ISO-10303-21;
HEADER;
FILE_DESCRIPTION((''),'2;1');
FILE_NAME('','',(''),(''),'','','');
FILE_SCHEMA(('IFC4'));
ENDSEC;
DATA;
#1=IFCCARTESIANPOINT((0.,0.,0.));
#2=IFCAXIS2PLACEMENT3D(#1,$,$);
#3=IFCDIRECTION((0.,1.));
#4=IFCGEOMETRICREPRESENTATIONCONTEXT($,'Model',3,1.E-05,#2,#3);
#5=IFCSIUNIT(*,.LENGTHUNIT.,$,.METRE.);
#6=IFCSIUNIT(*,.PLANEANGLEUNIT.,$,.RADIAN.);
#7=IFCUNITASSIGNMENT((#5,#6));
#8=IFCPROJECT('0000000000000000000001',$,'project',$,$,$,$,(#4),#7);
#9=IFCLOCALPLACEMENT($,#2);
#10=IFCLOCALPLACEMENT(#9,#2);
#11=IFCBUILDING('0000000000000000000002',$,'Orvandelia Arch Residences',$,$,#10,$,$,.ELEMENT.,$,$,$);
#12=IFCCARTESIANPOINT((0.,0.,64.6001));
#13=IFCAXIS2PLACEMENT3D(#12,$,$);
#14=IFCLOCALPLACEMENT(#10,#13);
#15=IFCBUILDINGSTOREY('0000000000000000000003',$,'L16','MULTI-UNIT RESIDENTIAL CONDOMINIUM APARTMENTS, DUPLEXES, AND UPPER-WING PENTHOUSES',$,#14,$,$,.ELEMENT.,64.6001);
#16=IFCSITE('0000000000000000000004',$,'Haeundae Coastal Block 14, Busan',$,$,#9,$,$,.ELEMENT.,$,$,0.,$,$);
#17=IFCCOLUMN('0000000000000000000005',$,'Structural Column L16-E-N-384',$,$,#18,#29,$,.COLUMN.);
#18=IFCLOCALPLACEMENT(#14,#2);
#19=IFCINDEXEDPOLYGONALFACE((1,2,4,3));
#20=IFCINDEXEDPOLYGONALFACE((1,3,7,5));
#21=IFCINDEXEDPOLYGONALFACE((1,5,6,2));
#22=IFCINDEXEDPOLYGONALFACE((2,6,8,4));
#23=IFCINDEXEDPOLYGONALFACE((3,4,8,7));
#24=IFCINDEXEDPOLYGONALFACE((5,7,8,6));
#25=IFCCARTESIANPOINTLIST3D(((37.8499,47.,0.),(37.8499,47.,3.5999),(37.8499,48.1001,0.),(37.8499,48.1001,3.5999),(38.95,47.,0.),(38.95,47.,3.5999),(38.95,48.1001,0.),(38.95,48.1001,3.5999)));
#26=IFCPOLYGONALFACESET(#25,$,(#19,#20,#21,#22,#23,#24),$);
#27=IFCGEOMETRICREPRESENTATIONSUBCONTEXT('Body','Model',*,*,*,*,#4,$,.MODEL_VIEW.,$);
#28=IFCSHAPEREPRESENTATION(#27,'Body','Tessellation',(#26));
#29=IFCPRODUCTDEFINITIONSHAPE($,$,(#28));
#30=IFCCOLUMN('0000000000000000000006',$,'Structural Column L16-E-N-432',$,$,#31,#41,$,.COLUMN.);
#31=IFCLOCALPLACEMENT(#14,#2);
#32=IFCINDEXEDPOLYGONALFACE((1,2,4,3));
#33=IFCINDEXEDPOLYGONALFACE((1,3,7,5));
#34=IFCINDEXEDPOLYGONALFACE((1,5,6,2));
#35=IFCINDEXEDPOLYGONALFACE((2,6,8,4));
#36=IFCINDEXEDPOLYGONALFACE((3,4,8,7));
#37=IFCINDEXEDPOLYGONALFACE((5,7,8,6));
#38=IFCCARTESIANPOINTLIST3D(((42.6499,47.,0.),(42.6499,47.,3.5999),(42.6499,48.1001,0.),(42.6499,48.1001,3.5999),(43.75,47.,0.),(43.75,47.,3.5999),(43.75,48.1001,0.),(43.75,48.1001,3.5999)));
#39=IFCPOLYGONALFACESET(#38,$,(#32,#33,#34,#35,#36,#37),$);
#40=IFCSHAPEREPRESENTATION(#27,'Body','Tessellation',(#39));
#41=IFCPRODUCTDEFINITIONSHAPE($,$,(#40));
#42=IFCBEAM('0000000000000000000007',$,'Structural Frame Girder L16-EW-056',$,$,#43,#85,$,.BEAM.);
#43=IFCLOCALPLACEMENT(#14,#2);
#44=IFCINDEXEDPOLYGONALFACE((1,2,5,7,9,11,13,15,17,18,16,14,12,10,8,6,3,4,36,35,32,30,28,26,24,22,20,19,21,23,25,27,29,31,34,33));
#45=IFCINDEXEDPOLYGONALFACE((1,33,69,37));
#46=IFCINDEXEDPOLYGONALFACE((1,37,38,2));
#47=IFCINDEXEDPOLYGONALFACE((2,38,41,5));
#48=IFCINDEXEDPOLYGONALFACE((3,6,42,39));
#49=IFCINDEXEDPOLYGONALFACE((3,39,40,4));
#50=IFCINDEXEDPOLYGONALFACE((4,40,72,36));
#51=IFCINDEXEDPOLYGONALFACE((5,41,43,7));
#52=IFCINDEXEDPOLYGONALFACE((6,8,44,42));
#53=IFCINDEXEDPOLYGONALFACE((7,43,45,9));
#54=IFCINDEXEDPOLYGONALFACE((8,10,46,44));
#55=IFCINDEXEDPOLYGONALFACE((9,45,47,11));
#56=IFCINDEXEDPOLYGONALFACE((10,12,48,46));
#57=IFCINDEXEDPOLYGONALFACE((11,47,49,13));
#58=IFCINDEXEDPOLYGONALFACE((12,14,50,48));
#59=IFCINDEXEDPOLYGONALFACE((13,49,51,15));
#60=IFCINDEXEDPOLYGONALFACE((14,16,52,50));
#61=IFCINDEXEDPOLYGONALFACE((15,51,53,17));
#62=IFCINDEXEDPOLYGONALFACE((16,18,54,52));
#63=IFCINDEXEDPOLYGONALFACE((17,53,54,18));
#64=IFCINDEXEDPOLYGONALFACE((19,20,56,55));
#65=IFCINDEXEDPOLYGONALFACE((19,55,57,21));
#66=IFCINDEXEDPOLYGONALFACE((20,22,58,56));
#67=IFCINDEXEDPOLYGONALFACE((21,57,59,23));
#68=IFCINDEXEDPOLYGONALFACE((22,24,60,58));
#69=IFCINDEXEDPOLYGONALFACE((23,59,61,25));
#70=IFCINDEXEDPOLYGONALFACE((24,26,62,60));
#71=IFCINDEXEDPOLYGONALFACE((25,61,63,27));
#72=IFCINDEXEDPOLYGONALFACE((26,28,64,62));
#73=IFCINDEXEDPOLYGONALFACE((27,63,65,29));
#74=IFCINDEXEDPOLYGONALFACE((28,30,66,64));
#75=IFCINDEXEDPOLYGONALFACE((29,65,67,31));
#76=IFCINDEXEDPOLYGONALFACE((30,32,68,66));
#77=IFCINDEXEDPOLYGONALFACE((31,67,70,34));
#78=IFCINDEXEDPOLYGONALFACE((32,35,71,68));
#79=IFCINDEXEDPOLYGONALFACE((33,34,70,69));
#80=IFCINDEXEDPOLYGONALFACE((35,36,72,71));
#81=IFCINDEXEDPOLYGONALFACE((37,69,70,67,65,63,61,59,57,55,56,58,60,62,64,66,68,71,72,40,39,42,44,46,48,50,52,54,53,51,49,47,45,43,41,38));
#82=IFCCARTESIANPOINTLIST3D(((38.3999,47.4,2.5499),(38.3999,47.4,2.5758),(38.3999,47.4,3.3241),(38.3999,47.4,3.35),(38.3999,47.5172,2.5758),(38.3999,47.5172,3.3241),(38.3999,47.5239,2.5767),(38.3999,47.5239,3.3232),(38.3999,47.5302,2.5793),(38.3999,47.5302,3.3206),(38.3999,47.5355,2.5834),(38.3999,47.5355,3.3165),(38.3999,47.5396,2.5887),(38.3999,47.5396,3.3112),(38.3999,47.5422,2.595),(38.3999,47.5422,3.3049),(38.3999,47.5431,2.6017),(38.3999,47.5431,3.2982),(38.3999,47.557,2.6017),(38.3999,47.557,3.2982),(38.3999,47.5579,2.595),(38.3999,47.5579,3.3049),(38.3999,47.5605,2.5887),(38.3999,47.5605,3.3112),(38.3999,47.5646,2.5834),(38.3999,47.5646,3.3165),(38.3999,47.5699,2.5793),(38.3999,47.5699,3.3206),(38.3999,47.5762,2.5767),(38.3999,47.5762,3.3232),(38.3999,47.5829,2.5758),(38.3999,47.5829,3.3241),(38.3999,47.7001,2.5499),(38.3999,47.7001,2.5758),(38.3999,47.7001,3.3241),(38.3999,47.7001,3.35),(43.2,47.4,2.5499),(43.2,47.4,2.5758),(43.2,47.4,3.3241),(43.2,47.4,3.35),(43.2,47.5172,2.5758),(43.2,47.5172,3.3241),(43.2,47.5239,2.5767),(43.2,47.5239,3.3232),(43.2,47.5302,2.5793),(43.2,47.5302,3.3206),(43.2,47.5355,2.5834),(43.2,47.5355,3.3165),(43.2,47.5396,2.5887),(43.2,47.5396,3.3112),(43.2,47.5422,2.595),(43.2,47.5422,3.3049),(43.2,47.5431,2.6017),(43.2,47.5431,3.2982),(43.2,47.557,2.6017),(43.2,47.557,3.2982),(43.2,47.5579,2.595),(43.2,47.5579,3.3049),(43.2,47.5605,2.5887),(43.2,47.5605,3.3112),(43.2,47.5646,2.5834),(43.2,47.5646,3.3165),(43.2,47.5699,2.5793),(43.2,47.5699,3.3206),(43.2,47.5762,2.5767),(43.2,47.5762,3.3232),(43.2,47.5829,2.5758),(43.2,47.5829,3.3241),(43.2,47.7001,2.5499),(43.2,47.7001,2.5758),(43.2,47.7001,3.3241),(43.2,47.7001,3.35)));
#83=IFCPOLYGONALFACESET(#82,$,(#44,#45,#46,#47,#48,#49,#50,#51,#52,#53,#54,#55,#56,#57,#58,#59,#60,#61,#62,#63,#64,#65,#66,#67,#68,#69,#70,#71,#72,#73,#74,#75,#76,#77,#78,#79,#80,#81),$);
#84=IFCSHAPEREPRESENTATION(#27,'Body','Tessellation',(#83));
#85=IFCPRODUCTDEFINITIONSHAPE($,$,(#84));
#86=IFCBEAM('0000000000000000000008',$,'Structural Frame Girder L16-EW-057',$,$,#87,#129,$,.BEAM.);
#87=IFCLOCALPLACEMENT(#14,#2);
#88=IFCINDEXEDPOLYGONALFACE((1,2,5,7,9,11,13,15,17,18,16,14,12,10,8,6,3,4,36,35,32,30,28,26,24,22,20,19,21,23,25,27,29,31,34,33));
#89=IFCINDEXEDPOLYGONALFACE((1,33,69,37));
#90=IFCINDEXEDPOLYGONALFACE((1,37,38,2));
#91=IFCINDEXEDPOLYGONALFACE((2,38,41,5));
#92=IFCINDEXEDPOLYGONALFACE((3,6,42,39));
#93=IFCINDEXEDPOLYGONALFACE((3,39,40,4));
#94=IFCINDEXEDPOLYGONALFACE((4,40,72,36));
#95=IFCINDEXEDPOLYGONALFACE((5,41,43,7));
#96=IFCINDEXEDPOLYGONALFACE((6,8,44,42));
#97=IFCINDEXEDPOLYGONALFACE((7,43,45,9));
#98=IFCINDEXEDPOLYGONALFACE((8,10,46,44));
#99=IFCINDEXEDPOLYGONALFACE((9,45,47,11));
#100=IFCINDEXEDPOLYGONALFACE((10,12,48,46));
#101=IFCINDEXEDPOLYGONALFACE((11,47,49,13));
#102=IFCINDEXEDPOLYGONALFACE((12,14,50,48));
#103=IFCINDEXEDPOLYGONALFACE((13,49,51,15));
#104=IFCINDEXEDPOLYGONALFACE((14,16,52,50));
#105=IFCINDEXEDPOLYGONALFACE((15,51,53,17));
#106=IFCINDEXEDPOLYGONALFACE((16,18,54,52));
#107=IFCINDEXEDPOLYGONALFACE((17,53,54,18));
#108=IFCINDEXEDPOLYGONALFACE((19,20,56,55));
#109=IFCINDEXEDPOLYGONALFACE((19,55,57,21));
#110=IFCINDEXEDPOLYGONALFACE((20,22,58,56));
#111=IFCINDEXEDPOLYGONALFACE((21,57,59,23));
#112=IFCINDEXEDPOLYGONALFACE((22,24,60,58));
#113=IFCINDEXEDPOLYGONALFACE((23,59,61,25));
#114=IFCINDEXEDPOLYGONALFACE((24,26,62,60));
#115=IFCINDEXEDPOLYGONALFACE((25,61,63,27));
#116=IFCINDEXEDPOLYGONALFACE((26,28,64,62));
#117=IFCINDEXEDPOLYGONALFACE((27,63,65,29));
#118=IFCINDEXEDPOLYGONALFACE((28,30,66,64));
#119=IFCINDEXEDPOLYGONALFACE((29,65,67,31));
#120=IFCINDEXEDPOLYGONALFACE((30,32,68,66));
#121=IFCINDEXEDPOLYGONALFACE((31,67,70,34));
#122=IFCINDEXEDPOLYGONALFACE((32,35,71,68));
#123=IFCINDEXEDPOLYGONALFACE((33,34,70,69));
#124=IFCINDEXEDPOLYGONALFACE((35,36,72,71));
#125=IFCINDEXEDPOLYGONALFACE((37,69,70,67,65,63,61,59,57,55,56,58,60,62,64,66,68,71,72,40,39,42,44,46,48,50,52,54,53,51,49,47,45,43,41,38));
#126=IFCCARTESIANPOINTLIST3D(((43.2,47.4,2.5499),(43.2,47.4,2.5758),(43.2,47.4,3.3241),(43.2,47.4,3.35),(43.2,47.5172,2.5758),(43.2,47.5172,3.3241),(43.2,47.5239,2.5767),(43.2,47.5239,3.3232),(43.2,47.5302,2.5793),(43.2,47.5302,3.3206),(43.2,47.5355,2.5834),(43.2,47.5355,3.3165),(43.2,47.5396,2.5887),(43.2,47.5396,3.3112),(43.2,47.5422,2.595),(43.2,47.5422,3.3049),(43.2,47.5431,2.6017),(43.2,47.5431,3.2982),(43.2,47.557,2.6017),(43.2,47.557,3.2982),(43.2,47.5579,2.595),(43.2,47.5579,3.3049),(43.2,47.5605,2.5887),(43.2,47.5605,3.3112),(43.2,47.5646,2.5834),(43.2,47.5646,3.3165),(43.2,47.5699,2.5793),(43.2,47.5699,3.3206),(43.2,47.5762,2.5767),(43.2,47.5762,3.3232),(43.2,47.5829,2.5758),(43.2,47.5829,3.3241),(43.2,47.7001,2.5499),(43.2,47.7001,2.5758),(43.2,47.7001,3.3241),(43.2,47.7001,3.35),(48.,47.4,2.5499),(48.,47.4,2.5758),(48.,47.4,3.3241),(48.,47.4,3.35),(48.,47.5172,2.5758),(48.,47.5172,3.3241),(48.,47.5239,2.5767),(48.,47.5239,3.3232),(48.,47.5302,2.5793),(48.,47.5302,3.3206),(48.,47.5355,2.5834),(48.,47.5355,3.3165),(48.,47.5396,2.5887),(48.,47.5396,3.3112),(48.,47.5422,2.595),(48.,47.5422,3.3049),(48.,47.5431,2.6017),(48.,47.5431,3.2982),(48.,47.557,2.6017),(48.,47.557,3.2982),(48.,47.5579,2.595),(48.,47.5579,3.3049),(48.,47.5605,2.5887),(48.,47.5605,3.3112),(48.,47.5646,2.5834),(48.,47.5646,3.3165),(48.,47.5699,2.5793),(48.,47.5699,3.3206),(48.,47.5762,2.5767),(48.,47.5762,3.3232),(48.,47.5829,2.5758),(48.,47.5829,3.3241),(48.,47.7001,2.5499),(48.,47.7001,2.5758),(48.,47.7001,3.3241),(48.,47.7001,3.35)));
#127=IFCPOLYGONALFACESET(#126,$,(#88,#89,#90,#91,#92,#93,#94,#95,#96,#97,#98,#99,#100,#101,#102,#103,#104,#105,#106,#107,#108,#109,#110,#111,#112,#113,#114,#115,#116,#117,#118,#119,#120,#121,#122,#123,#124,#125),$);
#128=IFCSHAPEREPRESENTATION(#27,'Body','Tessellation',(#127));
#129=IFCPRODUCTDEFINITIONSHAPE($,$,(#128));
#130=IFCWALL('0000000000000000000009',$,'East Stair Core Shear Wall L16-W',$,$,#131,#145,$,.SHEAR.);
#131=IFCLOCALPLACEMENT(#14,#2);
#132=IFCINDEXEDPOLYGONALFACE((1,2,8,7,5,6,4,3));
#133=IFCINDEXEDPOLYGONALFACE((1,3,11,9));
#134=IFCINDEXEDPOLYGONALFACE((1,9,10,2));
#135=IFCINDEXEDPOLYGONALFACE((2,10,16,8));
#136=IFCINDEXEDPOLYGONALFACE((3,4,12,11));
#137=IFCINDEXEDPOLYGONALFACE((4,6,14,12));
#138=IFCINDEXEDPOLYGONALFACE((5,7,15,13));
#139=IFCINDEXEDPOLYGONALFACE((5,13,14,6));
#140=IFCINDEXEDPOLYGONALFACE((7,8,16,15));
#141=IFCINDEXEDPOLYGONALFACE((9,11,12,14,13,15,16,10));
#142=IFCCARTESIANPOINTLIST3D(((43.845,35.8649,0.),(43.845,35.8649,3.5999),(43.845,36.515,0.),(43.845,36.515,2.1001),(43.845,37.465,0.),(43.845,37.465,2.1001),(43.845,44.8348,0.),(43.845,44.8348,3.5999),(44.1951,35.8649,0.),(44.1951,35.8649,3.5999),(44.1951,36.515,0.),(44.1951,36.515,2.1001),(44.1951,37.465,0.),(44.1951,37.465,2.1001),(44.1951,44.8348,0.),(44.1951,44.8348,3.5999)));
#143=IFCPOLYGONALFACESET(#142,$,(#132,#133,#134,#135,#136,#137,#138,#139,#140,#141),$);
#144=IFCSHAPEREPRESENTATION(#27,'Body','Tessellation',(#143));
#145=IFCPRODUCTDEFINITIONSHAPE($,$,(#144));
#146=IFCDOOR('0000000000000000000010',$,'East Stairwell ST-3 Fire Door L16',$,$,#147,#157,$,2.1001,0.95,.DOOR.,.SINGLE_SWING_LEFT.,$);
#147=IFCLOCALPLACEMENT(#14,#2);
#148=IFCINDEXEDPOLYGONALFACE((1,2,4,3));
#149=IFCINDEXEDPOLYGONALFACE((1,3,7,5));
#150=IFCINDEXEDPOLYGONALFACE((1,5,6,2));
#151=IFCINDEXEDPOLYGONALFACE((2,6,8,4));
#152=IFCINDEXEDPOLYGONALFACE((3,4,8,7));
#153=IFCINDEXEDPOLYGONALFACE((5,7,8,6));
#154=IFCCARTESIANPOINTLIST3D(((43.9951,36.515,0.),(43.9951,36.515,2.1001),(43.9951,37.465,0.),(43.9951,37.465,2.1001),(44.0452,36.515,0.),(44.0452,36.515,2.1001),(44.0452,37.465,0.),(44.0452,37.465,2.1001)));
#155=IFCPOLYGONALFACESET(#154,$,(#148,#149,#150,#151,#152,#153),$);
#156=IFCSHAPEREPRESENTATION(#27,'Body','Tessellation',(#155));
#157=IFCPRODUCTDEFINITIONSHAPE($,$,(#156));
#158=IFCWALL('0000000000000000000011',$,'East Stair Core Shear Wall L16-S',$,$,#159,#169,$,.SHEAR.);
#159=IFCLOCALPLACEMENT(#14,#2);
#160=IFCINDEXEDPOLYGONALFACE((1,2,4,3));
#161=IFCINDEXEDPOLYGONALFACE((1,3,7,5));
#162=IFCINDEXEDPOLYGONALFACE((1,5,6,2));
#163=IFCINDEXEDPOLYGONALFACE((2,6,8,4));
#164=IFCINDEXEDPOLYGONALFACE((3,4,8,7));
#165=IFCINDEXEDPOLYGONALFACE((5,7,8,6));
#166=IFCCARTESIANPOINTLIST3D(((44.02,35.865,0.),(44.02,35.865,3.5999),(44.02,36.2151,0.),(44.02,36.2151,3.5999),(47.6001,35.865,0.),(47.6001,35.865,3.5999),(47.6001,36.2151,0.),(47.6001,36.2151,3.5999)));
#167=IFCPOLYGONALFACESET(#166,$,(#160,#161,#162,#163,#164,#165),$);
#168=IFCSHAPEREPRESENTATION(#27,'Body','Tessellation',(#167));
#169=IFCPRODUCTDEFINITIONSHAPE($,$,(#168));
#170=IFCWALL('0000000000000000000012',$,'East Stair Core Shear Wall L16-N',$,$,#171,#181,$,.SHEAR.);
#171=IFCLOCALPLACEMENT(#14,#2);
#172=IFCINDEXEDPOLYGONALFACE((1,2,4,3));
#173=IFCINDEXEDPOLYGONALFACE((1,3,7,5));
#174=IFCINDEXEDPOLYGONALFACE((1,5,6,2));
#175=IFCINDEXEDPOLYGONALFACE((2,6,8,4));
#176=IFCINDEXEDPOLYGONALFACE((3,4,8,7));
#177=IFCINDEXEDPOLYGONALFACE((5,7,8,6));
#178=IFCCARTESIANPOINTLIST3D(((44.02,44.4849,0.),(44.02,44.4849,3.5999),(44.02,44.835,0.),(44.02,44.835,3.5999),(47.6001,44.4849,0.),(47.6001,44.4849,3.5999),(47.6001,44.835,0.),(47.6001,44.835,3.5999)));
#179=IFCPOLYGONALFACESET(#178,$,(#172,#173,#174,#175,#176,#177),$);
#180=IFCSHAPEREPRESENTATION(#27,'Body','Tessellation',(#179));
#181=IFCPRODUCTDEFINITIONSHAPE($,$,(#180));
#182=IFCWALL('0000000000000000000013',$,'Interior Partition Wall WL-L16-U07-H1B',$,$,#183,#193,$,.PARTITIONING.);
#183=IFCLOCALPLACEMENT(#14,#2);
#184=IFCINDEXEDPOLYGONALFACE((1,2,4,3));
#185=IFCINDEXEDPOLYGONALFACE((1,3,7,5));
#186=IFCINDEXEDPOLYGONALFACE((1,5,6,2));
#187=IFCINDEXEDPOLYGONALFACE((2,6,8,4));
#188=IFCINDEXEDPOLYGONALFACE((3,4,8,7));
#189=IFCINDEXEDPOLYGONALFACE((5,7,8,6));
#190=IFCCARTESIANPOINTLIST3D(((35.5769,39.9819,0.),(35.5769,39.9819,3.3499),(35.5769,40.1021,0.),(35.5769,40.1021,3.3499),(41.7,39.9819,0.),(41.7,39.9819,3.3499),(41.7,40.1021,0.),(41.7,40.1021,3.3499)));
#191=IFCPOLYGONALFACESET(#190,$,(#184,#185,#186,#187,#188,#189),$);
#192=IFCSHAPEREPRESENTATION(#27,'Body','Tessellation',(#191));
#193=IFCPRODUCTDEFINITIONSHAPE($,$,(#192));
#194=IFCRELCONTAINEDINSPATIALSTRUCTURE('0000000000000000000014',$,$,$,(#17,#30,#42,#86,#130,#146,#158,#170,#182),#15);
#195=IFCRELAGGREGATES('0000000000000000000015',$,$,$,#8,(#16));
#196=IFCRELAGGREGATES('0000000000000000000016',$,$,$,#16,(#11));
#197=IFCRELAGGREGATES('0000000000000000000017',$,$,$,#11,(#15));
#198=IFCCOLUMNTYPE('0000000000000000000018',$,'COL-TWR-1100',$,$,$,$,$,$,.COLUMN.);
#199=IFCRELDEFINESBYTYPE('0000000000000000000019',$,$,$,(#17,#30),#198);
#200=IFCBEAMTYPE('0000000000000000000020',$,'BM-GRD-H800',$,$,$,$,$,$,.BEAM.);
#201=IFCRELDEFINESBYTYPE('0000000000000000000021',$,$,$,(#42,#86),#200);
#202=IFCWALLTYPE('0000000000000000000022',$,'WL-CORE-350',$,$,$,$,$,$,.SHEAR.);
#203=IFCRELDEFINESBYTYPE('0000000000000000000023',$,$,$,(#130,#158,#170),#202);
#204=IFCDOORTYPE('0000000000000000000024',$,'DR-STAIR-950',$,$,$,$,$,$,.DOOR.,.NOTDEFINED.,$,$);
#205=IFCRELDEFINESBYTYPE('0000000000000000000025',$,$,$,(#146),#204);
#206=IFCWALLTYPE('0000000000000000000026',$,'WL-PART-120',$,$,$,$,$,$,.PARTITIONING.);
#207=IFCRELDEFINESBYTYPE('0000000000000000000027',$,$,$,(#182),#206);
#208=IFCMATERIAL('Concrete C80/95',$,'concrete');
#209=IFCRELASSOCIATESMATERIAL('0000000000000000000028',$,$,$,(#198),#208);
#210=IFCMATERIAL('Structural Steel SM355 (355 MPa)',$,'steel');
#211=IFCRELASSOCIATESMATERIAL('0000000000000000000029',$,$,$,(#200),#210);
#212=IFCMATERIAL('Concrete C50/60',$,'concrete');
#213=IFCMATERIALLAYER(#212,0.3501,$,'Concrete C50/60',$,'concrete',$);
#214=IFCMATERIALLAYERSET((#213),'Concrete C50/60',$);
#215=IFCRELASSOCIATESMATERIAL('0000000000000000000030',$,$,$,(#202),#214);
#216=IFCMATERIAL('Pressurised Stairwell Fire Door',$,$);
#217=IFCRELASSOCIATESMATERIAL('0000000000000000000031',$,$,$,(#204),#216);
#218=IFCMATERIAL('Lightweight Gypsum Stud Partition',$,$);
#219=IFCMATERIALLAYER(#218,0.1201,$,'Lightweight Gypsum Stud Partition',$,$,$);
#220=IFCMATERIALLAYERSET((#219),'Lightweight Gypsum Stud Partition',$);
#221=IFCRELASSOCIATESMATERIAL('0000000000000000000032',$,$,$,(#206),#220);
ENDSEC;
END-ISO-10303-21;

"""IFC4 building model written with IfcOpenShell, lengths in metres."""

from ifc_helpers import new_model, si_unit, direction, frame, frame_2d, origin, origin_2d, place, context, subcontext, project, spatial, rectangle, i_section, extrude, material, layer, layer_set, material_profile, profile_set, type_object, element, fill, save


model = new_model("IFC4")

# Units and contexts
model_context = context("Model", 3, precision=1e-05, world=origin(), true_north=direction((0.0, 1.0)))
body_context = subcontext(model_context, "Body", "Model", "MODEL_VIEW")
ifc_project = project(units=[si_unit("LENGTHUNIT", "METRE"), si_unit("PLANEANGLEUNIT", "RADIAN")], contexts=[model_context])

# Site, building, storey
site_placement = place(None, origin())
site = spatial("IfcSite", under=ifc_project, at=site_placement, Name="Haeundae Coastal Block 14, Busan", CompositionType="ELEMENT", RefElevation=0.0)
building_placement = place(site_placement, origin())
building = spatial("IfcBuilding", under=site, at=building_placement, Name="Orvandelia Arch Residences", CompositionType="ELEMENT")
storey_placement = place(building_placement, frame((0.0, 0.0, 64.6001)))
storey = spatial("IfcBuildingStorey", under=building, at=storey_placement, Name="L16", Description="MULTI-UNIT RESIDENTIAL CONDOMINIUM APARTMENTS, DUPLEXES, AND UPPER-WING PENTHOUSES", CompositionType="ELEMENT", Elevation=64.6001)

# Columns
ifc_material_1 = material(Name="Concrete C80/95", Category="concrete")
ifc_material_profile_1 = material_profile(ifc_material_1, rectangle(XDim=1.1001, YDim=1.1001, at=origin_2d()), Name="Concrete C80/95", Category="concrete")
ifc_profile_set_1 = profile_set([ifc_material_profile_1], Name="Concrete C80/95")
column_type = type_object("IfcColumnType", Name="COL-TWR-1100", PredefinedType="COLUMN", material=ifc_profile_set_1)
for number, where, z_axis, x_axis, name in (
    (1, (38.3999, 47.55, 0.0), (0.0, 0.0, 1.0), (1.0, 0.0, 0.0), "Structural Column L16-E-N-384"),
    (2, (43.2, 47.55, 0.0), (0.0, 0.0, 1.0), (1.0, 0.0, 0.0), "Structural Column L16-E-N-432"),
):
    element("IfcColumn", number, at=place(storey_placement, frame(where, z_axis=z_axis, x_axis=x_axis)), inside=storey, type_object=column_type, Name=name, PredefinedType="COLUMN", context=body_context, shape_type="SweptSolid", body=[
        extrude(rectangle(XDim=1.1001, YDim=1.1001, at=origin_2d()), origin(), (0.0, 0.0, 1.0), 3.5999),
    ])

# Beams
ifc_material_2 = material(Name="Structural Steel SM355 (355 MPa)", Category="steel")
ifc_material_profile_2 = material_profile(ifc_material_2, i_section(OverallWidth=0.3, OverallDepth=0.8, WebThickness=0.0139, FlangeThickness=0.0259, FilletRadius=0.0259, at=origin_2d()), Name="Structural Steel SM355 (355 MPa)", Category="steel")
ifc_profile_set_2 = profile_set([ifc_material_profile_2], Name="Structural Steel SM355 (355 MPa)")
beam_type = type_object("IfcBeamType", Name="BM-GRD-H800", PredefinedType="BEAM", material=ifc_profile_set_2)
for number, where, z_axis, x_axis, name in (
    (3, (38.3999, 47.55, 2.95), (1.0, 0.0, 0.0), (0.0, 1.0, 0.0), "Structural Frame Girder L16-EW-056"),
    (4, (43.2, 47.55, 2.95), (1.0, 0.0, 0.0), (0.0, 1.0, 0.0), "Structural Frame Girder L16-EW-057"),
):
    element("IfcBeam", number, at=place(storey_placement, frame(where, z_axis=z_axis, x_axis=x_axis)), inside=storey, type_object=beam_type, Name=name, PredefinedType="BEAM", context=body_context, shape_type="SweptSolid", body=[
        extrude(i_section(OverallWidth=0.3, OverallDepth=0.8, WebThickness=0.0139, FlangeThickness=0.0259, FilletRadius=0.0259, at=origin_2d()), origin(), (0.0, 0.0, 1.0), 4.8),
    ])

# Wall, opening, door
ifc_material_3 = material(Name="Concrete C50/60", Category="concrete")
ifc_layer_1 = layer(ifc_material_3, 0.3501, Name="Concrete C50/60", Category="concrete")
ifc_layer_set_1 = layer_set([ifc_layer_1], Name="Concrete C50/60")
wall_type_1 = type_object("IfcWallType", Name="WL-CORE-350", PredefinedType="SHEAR", material=ifc_layer_set_1)
wall_1_placement = place(storey_placement, frame((44.02, 35.865, 0.0), z_axis=(0.0, 0.0, 1.0), x_axis=(0.0, 1.0, 0.0)))
wall_1 = element("IfcWall", 5, at=wall_1_placement, inside=storey, type_object=wall_type_1, Name="East Stair Core Shear Wall L16-W", PredefinedType="SHEAR", context=body_context, shape_type="SweptSolid", body=[
    extrude(rectangle(XDim=8.97, YDim=0.3501, at=frame_2d((4.4849, 0.0))), origin(), (0.0, 0.0, 1.0), 3.5999),
])
opening_1_placement = place(wall_1_placement, frame((0.6499, 0.0, 0.0)))
opening_1 = element("IfcOpeningElement", 6, at=opening_1_placement, cuts=wall_1, PredefinedType="OPENING", context=body_context, shape_type="SweptSolid", body=[
    extrude(rectangle(XDim=0.95, YDim=2.1001, at=frame_2d((0.4751, 1.05))), frame((0.0, 0.1851, 0.0), z_axis=(0.0, -1.0, 0.0), x_axis=(1.0, 0.0, 0.0)), (0.0, 0.0, 1.0), 0.3701),
])
ifc_material_4 = material(Name="Pressurised Stairwell Fire Door")
door_type_1 = type_object("IfcDoorType", Name="DR-STAIR-950", OperationType="NOTDEFINED", PredefinedType="DOOR", material=ifc_material_4)
door_1_placement = place(opening_1_placement, origin())
door_1 = element("IfcDoor", 7, at=door_1_placement, inside=storey, type_object=door_type_1, Name="East Stairwell ST-3 Fire Door L16", OperationType="SINGLE_SWING_LEFT", OverallHeight=2.1001, OverallWidth=0.95, PredefinedType="DOOR", context=body_context, shape_type="SweptSolid", body=[
    extrude(rectangle(XDim=0.95, YDim=2.1001, at=frame_2d((0.4751, 1.05))), frame((0.0, 0.0249, 0.0), z_axis=(0.0, -1.0, 0.0), x_axis=(1.0, 0.0, 0.0)), (0.0, 0.0, 1.0), 0.05),
])
fill(opening_1, door_1)

# Walls
for number, where, z_axis, x_axis, name in (
    (8, (44.02, 36.04, 0.0), (0.0, 0.0, 1.0), (1.0, 0.0, 0.0), "East Stair Core Shear Wall L16-S"),
    (9, (44.02, 44.6599, 0.0), (0.0, 0.0, 1.0), (1.0, 0.0, 0.0), "East Stair Core Shear Wall L16-N"),
):
    element("IfcWall", number, at=place(storey_placement, frame(where, z_axis=z_axis, x_axis=x_axis)), inside=storey, type_object=wall_type_1, Name=name, PredefinedType="SHEAR", context=body_context, shape_type="SweptSolid", body=[
        extrude(rectangle(XDim=3.5801, YDim=0.3501, at=frame_2d((1.79, 0.0))), origin(), (0.0, 0.0, 1.0), 3.5999),
    ])

# Wall
ifc_material_5 = material(Name="Lightweight Gypsum Stud Partition")
ifc_layer_2 = layer(ifc_material_5, 0.1201, Name="Lightweight Gypsum Stud Partition")
ifc_layer_set_2 = layer_set([ifc_layer_2], Name="Lightweight Gypsum Stud Partition")
wall_type_2 = type_object("IfcWallType", Name="WL-PART-120", PredefinedType="PARTITIONING", material=ifc_layer_set_2)
for number, where, z_axis, x_axis, name in (
    (10, (35.5769, 40.042, 0.0), (0.0, 0.0, 1.0), (1.0, 0.0, 0.0), "Interior Partition Wall WL-L16-U07-H1B"),
):
    element("IfcWall", number, at=place(storey_placement, frame(where, z_axis=z_axis, x_axis=x_axis)), inside=storey, type_object=wall_type_2, Name=name, PredefinedType="PARTITIONING", context=body_context, shape_type="SweptSolid", body=[
        extrude(rectangle(XDim=6.123, YDim=0.1201, at=frame_2d((3.0615, 0.0))), origin(), (0.0, 0.0, 1.0), 3.3499),
    ])

save(model, "model.ifc")
